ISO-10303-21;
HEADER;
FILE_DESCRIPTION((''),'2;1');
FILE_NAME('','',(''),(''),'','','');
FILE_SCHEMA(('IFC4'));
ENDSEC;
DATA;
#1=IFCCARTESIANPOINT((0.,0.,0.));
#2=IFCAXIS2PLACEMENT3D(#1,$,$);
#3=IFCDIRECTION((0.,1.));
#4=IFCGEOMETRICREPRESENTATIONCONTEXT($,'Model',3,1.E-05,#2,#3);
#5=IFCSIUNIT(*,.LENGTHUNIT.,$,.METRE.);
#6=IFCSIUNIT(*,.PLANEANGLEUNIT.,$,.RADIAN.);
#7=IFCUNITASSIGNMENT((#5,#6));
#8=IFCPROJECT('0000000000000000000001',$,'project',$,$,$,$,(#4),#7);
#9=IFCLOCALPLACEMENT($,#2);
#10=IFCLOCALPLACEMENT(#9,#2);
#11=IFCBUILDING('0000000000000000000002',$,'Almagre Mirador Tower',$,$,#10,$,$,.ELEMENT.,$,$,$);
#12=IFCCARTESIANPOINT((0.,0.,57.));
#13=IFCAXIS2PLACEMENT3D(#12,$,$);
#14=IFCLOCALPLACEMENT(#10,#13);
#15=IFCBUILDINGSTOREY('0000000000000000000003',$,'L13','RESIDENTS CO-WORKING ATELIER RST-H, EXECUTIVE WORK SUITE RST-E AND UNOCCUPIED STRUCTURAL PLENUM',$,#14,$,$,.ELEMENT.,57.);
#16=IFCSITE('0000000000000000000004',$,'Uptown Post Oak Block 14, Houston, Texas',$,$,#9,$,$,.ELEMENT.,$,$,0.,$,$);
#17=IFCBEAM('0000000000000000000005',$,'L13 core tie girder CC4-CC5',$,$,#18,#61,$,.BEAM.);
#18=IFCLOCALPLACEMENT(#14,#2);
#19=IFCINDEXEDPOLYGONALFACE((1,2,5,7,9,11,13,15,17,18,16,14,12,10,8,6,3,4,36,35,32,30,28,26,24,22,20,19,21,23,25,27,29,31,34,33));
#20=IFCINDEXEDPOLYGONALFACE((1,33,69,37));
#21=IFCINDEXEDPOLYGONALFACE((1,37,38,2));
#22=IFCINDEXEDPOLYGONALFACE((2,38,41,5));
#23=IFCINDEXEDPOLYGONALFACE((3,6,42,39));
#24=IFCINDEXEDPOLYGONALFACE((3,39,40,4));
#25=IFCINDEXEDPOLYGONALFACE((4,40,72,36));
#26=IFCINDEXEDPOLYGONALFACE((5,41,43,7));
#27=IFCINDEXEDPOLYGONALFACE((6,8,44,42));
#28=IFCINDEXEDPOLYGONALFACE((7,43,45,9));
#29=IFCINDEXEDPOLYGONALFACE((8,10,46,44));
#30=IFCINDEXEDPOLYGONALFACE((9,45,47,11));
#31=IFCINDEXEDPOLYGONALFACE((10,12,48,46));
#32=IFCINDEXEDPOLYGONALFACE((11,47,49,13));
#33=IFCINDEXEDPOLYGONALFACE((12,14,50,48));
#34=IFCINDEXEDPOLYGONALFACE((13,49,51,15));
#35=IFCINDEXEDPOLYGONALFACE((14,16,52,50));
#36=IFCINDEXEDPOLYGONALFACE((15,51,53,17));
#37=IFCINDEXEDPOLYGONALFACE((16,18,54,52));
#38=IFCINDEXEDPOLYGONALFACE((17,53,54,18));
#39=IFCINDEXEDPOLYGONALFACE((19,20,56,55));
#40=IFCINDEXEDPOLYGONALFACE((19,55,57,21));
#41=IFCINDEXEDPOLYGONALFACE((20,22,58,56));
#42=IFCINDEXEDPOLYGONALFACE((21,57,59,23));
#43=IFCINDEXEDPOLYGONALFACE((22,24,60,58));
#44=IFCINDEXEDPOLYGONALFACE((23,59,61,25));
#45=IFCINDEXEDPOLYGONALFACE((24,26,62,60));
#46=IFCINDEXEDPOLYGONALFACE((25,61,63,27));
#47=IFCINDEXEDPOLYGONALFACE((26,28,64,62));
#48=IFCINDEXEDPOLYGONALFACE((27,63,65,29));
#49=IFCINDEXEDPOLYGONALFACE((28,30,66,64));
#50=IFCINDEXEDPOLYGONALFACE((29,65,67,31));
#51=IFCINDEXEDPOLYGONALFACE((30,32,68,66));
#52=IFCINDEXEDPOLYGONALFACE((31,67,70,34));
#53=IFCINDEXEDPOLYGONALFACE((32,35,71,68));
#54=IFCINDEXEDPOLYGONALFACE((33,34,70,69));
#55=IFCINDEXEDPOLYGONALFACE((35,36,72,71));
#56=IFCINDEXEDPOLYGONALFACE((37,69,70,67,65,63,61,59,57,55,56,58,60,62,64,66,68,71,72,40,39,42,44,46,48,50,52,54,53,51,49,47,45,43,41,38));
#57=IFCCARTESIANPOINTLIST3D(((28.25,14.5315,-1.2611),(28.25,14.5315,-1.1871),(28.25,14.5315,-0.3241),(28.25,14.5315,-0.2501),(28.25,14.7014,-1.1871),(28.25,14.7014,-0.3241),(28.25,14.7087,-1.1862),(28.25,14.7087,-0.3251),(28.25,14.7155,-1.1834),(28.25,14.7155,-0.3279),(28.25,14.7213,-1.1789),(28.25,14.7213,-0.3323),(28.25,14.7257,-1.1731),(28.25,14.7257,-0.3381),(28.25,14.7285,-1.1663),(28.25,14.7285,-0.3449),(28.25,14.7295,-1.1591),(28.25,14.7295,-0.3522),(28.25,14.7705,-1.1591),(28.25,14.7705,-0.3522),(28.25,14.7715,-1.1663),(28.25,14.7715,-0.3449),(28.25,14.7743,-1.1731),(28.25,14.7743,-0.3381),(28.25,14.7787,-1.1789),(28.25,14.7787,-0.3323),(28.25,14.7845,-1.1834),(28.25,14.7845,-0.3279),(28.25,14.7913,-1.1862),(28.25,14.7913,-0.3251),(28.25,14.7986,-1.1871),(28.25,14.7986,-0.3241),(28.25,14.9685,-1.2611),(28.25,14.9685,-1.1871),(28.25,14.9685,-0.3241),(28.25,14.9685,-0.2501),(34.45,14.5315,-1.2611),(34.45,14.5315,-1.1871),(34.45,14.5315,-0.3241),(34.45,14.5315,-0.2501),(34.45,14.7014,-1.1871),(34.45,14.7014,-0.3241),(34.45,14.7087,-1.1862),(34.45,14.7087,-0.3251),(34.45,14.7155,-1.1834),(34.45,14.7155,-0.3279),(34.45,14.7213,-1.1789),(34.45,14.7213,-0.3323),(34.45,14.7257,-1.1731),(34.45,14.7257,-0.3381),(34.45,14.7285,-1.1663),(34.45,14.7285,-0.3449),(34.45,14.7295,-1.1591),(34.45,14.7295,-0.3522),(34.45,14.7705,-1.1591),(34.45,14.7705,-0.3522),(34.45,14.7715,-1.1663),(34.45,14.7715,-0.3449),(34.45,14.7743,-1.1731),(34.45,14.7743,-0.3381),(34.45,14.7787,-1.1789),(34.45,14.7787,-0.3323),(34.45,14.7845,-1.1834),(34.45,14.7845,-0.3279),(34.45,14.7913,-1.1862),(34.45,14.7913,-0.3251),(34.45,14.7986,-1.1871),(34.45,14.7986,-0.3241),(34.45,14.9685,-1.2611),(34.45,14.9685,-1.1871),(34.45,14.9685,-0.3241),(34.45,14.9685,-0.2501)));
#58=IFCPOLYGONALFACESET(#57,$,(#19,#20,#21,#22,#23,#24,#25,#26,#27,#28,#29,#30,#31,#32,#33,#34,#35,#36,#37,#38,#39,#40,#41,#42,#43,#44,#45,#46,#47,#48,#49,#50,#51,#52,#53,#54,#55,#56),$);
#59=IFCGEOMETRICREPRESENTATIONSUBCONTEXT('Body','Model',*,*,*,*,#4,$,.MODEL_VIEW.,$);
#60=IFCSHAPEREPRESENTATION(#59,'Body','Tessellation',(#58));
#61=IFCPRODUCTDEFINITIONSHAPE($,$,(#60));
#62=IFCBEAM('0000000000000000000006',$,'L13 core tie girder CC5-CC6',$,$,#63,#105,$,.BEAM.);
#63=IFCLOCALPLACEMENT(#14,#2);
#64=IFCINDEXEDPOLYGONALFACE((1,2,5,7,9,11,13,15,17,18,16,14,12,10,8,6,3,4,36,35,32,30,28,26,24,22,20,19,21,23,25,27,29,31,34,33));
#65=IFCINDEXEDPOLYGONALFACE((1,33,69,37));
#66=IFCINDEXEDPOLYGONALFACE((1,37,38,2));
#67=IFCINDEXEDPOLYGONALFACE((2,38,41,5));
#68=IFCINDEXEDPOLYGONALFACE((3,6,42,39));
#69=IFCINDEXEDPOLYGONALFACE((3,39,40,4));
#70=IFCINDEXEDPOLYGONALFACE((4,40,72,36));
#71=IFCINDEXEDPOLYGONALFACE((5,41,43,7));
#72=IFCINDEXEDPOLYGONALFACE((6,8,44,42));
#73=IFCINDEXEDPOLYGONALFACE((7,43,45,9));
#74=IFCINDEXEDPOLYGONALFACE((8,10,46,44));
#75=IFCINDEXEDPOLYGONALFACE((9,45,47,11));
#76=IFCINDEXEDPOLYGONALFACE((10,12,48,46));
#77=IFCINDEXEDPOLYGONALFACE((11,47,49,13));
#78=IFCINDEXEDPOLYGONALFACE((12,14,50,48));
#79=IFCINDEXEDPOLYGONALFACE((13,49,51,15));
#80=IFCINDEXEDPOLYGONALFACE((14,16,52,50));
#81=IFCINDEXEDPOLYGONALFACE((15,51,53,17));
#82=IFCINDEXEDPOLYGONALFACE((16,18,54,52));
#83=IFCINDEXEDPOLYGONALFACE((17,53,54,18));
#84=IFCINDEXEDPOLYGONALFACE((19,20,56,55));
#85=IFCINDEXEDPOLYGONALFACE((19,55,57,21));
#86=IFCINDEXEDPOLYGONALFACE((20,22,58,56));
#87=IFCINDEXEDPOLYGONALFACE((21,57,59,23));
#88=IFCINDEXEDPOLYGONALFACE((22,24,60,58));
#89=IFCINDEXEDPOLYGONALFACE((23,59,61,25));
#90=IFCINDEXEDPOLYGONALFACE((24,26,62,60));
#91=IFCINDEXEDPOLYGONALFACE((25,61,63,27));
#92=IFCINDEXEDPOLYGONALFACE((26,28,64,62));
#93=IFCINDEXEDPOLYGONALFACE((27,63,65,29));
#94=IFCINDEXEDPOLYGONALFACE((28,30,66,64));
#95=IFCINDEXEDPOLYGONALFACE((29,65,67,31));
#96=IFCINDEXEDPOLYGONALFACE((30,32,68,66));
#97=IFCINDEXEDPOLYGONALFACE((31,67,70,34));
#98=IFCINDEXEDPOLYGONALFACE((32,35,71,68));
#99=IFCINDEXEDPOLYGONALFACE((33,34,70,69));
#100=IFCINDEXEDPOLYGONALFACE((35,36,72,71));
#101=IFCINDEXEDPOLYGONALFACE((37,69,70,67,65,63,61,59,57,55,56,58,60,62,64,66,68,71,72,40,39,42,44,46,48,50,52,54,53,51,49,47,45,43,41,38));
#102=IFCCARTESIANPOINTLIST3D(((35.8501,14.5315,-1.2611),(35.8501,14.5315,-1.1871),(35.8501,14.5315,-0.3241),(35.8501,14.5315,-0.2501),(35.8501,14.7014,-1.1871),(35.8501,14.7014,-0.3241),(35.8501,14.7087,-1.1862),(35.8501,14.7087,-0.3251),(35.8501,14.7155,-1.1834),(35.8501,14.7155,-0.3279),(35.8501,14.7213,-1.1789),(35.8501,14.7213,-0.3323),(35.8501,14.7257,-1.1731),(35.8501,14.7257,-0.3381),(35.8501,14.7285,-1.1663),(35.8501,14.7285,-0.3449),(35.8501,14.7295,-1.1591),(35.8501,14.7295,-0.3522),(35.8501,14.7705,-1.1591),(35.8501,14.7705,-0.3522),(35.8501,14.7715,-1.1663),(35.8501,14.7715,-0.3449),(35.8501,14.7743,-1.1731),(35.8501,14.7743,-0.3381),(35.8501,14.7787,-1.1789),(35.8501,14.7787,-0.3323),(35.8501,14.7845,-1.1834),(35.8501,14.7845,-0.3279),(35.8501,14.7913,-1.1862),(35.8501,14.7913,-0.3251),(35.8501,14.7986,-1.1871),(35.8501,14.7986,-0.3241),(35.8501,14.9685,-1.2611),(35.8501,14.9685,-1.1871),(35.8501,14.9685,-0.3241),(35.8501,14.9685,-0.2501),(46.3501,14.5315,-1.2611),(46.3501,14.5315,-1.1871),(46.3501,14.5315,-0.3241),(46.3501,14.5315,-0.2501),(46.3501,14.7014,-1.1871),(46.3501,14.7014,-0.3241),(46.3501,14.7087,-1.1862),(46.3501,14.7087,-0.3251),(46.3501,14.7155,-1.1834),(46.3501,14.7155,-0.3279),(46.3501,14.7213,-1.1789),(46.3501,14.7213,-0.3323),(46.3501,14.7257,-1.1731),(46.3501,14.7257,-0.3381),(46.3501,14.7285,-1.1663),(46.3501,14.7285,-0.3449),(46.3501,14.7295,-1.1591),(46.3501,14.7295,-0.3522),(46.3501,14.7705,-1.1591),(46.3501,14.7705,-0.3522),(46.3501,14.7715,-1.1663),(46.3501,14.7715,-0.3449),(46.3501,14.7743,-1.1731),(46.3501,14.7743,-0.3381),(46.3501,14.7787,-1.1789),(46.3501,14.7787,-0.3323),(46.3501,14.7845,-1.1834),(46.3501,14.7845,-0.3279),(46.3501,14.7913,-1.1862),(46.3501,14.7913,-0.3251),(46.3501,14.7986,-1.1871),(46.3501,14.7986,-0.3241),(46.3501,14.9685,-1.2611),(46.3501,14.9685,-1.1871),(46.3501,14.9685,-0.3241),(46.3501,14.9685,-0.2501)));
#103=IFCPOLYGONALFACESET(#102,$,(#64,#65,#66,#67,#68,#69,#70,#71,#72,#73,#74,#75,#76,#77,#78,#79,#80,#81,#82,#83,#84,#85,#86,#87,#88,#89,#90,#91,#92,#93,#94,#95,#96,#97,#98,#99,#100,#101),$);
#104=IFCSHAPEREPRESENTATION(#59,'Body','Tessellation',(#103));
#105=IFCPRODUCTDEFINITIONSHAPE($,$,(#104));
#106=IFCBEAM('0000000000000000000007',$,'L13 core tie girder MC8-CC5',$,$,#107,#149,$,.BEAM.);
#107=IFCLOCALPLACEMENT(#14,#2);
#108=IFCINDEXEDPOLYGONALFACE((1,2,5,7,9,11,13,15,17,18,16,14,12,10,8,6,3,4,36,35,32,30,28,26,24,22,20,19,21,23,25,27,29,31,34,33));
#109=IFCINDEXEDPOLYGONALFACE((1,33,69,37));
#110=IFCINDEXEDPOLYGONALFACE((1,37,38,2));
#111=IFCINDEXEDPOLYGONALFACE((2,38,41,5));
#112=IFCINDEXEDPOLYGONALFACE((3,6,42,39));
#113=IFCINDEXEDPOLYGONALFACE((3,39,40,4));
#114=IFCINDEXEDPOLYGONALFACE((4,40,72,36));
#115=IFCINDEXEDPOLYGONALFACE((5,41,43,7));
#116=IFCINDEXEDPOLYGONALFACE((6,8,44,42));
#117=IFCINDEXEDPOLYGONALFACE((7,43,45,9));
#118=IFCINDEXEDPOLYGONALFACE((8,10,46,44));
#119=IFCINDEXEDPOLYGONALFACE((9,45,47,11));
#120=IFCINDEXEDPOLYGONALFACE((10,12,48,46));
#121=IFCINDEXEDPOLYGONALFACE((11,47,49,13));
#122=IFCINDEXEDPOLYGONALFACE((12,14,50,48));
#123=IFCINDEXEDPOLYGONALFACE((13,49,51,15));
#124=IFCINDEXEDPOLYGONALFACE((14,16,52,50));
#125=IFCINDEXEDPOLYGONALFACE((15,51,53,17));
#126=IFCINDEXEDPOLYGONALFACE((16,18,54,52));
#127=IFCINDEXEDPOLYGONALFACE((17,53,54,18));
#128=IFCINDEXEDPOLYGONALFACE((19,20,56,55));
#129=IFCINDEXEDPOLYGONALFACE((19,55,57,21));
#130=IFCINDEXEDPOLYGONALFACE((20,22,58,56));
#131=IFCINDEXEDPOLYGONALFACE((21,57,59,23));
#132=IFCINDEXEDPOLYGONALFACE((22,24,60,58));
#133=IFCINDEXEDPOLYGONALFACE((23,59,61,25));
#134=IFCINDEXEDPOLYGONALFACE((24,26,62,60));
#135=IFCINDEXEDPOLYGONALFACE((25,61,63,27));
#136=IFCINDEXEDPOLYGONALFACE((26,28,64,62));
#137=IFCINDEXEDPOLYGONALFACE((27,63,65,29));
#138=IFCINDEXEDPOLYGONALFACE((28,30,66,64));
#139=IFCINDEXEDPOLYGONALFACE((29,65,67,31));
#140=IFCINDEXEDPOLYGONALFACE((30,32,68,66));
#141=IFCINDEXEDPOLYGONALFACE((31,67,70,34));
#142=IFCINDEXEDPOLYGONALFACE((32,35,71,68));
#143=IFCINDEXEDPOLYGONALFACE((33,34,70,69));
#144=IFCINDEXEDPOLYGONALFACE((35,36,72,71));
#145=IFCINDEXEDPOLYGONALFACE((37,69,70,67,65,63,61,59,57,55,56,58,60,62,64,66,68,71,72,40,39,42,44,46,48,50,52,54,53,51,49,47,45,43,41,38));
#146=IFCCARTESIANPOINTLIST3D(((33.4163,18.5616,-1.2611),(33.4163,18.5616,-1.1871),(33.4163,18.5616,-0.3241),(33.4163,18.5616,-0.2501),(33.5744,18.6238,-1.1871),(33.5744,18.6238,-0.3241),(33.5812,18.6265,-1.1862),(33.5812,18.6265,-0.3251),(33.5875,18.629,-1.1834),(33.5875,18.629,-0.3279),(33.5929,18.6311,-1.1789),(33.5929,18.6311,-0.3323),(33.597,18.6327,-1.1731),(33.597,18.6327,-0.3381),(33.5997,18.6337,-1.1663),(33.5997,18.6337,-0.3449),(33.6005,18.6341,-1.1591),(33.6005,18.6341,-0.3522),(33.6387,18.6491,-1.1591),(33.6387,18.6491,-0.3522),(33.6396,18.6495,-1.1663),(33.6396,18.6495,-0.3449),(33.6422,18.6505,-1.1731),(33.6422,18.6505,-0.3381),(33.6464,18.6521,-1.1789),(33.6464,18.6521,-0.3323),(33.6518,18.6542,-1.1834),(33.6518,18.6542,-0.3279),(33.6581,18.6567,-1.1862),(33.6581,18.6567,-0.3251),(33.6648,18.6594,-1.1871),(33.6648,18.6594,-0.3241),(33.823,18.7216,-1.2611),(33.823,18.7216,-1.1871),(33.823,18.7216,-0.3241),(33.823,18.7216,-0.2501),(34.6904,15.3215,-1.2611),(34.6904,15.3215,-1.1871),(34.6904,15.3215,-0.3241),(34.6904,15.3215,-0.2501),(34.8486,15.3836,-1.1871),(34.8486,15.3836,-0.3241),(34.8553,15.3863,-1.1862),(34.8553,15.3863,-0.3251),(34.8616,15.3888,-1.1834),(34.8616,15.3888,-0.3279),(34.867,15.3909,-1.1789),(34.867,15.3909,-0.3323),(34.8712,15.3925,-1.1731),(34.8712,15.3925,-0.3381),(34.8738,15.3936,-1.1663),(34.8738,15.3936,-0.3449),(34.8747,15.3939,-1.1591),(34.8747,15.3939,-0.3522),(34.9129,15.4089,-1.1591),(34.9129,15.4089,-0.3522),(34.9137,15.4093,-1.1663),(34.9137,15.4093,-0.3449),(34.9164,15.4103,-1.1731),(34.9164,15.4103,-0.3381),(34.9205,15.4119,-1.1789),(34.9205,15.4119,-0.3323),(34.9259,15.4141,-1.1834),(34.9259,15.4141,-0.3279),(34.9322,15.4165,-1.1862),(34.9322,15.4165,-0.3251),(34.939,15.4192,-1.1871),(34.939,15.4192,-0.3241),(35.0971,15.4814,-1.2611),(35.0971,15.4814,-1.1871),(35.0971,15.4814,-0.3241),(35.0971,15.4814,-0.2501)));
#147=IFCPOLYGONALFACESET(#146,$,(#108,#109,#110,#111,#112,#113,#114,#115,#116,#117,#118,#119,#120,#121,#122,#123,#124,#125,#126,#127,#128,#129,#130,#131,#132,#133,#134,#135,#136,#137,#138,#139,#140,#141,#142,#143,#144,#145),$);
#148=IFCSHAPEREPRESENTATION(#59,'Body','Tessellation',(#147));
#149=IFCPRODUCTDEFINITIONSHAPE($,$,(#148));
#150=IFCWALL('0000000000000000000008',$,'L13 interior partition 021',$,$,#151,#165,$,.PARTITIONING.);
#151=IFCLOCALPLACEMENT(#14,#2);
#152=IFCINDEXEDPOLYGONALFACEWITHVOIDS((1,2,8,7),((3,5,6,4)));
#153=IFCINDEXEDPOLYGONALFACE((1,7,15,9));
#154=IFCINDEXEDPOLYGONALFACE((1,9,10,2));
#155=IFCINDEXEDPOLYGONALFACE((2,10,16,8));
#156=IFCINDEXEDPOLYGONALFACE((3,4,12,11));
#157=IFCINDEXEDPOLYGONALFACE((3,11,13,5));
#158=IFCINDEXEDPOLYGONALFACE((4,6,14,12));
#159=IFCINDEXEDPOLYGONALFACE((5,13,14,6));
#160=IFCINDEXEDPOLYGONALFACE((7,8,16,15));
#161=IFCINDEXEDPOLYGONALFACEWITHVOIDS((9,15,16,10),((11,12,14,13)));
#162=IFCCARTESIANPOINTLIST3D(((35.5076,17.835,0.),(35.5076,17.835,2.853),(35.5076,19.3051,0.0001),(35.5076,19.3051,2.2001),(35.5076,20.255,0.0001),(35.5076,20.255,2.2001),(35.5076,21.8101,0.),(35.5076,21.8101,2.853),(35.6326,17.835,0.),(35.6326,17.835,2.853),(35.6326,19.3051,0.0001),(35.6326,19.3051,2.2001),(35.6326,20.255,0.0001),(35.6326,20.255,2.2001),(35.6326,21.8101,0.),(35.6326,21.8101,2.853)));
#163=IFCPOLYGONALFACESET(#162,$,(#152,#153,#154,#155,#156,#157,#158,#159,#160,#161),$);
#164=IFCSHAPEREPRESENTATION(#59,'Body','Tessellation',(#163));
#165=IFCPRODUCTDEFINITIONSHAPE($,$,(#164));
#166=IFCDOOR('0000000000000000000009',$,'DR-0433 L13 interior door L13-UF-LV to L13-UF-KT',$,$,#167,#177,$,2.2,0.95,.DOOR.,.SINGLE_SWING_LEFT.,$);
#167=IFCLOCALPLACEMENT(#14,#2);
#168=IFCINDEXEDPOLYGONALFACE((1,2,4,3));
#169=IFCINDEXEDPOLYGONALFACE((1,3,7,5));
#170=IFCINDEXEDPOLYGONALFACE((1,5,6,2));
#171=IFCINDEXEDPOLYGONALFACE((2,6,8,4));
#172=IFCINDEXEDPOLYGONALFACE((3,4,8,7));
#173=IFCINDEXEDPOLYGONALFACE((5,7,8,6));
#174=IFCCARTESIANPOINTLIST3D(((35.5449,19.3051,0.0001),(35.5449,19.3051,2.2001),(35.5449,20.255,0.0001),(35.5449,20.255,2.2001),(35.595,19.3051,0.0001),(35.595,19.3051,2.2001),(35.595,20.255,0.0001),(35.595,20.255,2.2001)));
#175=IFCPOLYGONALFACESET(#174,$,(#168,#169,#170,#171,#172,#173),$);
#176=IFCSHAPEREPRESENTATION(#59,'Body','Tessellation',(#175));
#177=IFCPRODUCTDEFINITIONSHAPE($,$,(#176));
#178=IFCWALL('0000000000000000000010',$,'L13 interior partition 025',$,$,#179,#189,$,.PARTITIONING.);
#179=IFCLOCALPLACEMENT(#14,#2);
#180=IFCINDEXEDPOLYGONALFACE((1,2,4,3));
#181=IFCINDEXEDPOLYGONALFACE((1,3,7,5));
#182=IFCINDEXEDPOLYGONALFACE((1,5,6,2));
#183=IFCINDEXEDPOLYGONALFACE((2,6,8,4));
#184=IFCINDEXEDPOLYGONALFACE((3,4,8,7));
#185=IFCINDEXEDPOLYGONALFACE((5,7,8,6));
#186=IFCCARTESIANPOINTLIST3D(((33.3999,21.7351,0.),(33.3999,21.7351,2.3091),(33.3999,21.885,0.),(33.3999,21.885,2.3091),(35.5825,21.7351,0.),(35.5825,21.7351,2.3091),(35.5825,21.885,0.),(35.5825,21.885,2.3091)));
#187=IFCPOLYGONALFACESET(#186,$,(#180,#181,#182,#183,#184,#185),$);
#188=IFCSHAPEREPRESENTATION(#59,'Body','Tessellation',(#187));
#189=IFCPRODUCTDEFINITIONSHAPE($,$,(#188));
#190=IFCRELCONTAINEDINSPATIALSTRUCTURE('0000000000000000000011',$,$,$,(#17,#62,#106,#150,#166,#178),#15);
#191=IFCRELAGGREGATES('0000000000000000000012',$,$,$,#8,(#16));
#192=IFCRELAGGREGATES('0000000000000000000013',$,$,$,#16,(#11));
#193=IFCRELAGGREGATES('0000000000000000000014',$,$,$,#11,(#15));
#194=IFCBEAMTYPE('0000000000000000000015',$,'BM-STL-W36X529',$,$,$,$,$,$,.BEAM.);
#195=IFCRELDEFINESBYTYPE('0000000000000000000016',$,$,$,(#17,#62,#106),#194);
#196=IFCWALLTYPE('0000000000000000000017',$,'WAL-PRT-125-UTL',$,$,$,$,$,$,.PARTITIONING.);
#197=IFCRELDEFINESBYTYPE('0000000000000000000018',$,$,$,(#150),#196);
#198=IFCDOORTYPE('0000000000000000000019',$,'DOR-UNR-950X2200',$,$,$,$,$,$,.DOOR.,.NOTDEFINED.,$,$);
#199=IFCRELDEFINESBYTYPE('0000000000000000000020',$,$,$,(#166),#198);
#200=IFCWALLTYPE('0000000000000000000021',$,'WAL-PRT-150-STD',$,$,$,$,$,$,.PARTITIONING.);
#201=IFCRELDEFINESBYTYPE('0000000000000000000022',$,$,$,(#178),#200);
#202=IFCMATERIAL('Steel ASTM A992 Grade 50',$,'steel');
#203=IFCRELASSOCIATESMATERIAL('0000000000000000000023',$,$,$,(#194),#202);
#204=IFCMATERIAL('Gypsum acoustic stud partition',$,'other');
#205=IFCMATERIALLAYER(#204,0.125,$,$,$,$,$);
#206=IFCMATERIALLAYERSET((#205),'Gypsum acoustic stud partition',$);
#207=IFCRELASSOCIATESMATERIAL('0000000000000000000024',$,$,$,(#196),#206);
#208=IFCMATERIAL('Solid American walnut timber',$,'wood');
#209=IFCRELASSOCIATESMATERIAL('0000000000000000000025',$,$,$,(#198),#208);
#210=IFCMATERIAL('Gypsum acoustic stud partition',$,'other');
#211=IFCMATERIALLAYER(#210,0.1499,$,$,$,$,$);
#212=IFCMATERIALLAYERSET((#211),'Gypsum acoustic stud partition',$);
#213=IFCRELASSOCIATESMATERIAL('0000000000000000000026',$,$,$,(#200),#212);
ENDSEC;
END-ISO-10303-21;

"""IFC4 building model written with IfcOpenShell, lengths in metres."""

from ifc_helpers import new_model, si_unit, direction, frame, frame_2d, origin, origin_2d, place, context, subcontext, project, spatial, rectangle, i_section, extrude, material, layer, layer_set, material_profile, profile_set, type_object, element, fill, save


model = new_model("IFC4")

# Units and contexts
model_context = context("Model", 3, precision=1e-05, world=origin(), true_north=direction((0.0, 1.0)))
body_context = subcontext(model_context, "Body", "Model", "MODEL_VIEW")
ifc_project = project(units=[si_unit("LENGTHUNIT", "METRE"), si_unit("PLANEANGLEUNIT", "RADIAN")], contexts=[model_context])

# Site, building, storey
site_placement = place(None, origin())
site = spatial("IfcSite", under=ifc_project, at=site_placement, Name="Uptown Post Oak Block 14, Houston, Texas", CompositionType="ELEMENT", RefElevation=0.0)
building_placement = place(site_placement, origin())
building = spatial("IfcBuilding", under=site, at=building_placement, Name="Almagre Mirador Tower", CompositionType="ELEMENT")
storey_placement = place(building_placement, frame((0.0, 0.0, 57.0)))
storey = spatial("IfcBuildingStorey", under=building, at=storey_placement, Name="L13", Description="RESIDENTS CO-WORKING ATELIER RST-H, EXECUTIVE WORK SUITE RST-E AND UNOCCUPIED STRUCTURAL PLENUM", CompositionType="ELEMENT", Elevation=57.0)

# Beams
ifc_material_1 = material(Name="Steel ASTM A992 Grade 50", Category="steel")
ifc_material_profile_1 = material_profile(ifc_material_1, i_section(OverallWidth=0.437, OverallDepth=1.011, WebThickness=0.041, FlangeThickness=0.074, FilletRadius=0.0281, at=origin_2d()), Name="W36X529")
ifc_profile_set_1 = profile_set([ifc_material_profile_1], Name="Steel ASTM A992 Grade 50")
beam_type_1 = type_object("IfcBeamType", Name="BM-STL-W36X529", PredefinedType="BEAM", material=ifc_profile_set_1)
beam_1_placement = place(storey_placement, frame((28.25, 14.75, -0.7556), z_axis=(1.0, 0.0, 0.0), x_axis=(0.0, 1.0, 0.0)))
element("IfcBeam", 1, at=beam_1_placement, inside=storey, type_object=beam_type_1, Name="L13 core tie girder CC4-CC5", PredefinedType="BEAM", context=body_context, shape_type="SweptSolid", body=[
    extrude(i_section(OverallWidth=0.437, OverallDepth=1.011, WebThickness=0.041, FlangeThickness=0.074, FilletRadius=0.0281, at=origin_2d()), origin(), (0.0, 0.0, 1.0), 6.2),
])
beam_2_placement = place(storey_placement, frame((35.8501, 14.75, -0.7556), z_axis=(1.0, 0.0, 0.0), x_axis=(0.0, 1.0, 0.0)))
element("IfcBeam", 2, at=beam_2_placement, inside=storey, type_object=beam_type_1, Name="L13 core tie girder CC5-CC6", PredefinedType="BEAM", context=body_context, shape_type="SweptSolid", body=[
    extrude(i_section(OverallWidth=0.437, OverallDepth=1.011, WebThickness=0.041, FlangeThickness=0.074, FilletRadius=0.0281, at=origin_2d()), origin(), (0.0, 0.0, 1.0), 10.5),
])
beam_3_placement = place(storey_placement, frame((33.6196, 18.6416, -0.7556), z_axis=(0.365956, -0.930632, 0.0), x_axis=(0.930632, 0.365956, 0.0)))
element("IfcBeam", 3, at=beam_3_placement, inside=storey, type_object=beam_type_1, Name="L13 core tie girder MC8-CC5", PredefinedType="BEAM", context=body_context, shape_type="SweptSolid", body=[
    extrude(i_section(OverallWidth=0.437, OverallDepth=1.011, WebThickness=0.041, FlangeThickness=0.074, FilletRadius=0.0281, at=origin_2d()), origin(), (0.0, 0.0, 1.0), 3.4817),
])

# Wall, opening, door
ifc_material_2 = material(Name="Gypsum acoustic stud partition", Category="other")
ifc_layer_1 = layer(ifc_material_2, 0.125)
ifc_layer_set_1 = layer_set([ifc_layer_1], Name="Gypsum acoustic stud partition")
wall_type_1 = type_object("IfcWallType", Name="WAL-PRT-125-UTL", PredefinedType="PARTITIONING", material=ifc_layer_set_1)
wall_1_placement = place(storey_placement, frame((35.5701, 21.8101, 0.0), z_axis=(0.0, 0.0, 1.0), x_axis=(0.0, -1.0, 0.0)))
wall_1 = element("IfcWall", 4, at=wall_1_placement, inside=storey, type_object=wall_type_1, Name="L13 interior partition 021", PredefinedType="PARTITIONING", context=body_context, shape_type="SweptSolid", body=[
    extrude(rectangle(XDim=3.9751, YDim=0.125, at=frame_2d((1.9875, 0.0))), origin(), (0.0, 0.0, 1.0), 2.853),
])
opening_1_placement = place(wall_1_placement, frame((1.5549, 0.0, 0.0)))
opening_1 = element("IfcOpeningElement", 5, at=opening_1_placement, cuts=wall_1, PredefinedType="OPENING", context=body_context, shape_type="SweptSolid", body=[
    extrude(rectangle(XDim=0.95, YDim=2.2, at=frame_2d((0.4751, 1.1001))), frame((0.0, 0.0725, 0.0), z_axis=(0.0, -1.0, 0.0), x_axis=(1.0, 0.0, 0.0)), (0.0, 0.0, 1.0), 0.145),
])
ifc_material_3 = material(Name="Solid American walnut timber", Category="wood")
door_type_1 = type_object("IfcDoorType", Name="DOR-UNR-950X2200", OperationType="NOTDEFINED", PredefinedType="DOOR", material=ifc_material_3)
door_1_placement = place(opening_1_placement, origin())
door_1 = element("IfcDoor", 6, at=door_1_placement, inside=storey, type_object=door_type_1, Name="DR-0433 L13 interior door L13-UF-LV to L13-UF-KT", OperationType="SINGLE_SWING_LEFT", OverallHeight=2.2, OverallWidth=0.95, PredefinedType="DOOR", context=body_context, shape_type="SweptSolid", body=[
    extrude(rectangle(XDim=0.95, YDim=2.2, at=frame_2d((0.4751, 1.1001))), frame((0.0, 0.0249, 0.0), z_axis=(0.0, -1.0, 0.0), x_axis=(1.0, 0.0, 0.0)), (0.0, 0.0, 1.0), 0.05),
])
fill(opening_1, door_1)

# Wall
ifc_material_4 = material(Name="Gypsum acoustic stud partition", Category="other")
ifc_layer_2 = layer(ifc_material_4, 0.1499)
ifc_layer_set_2 = layer_set([ifc_layer_2], Name="Gypsum acoustic stud partition")
wall_type_2 = type_object("IfcWallType", Name="WAL-PRT-150-STD", PredefinedType="PARTITIONING", material=ifc_layer_set_2)
wall_2_placement = place(storey_placement, frame((35.5825, 21.8101, 0.0), z_axis=(0.0, 0.0, 1.0), x_axis=(-1.0, 0.0, 0.0)))
element("IfcWall", 7, at=wall_2_placement, inside=storey, type_object=wall_type_2, Name="L13 interior partition 025", PredefinedType="PARTITIONING", context=body_context, shape_type="SweptSolid", body=[
    extrude(rectangle(XDim=2.1826, YDim=0.1499, at=frame_2d((1.0913, 0.0))), origin(), (0.0, 0.0, 1.0), 2.3091),
])

save(model, "model.ifc")
